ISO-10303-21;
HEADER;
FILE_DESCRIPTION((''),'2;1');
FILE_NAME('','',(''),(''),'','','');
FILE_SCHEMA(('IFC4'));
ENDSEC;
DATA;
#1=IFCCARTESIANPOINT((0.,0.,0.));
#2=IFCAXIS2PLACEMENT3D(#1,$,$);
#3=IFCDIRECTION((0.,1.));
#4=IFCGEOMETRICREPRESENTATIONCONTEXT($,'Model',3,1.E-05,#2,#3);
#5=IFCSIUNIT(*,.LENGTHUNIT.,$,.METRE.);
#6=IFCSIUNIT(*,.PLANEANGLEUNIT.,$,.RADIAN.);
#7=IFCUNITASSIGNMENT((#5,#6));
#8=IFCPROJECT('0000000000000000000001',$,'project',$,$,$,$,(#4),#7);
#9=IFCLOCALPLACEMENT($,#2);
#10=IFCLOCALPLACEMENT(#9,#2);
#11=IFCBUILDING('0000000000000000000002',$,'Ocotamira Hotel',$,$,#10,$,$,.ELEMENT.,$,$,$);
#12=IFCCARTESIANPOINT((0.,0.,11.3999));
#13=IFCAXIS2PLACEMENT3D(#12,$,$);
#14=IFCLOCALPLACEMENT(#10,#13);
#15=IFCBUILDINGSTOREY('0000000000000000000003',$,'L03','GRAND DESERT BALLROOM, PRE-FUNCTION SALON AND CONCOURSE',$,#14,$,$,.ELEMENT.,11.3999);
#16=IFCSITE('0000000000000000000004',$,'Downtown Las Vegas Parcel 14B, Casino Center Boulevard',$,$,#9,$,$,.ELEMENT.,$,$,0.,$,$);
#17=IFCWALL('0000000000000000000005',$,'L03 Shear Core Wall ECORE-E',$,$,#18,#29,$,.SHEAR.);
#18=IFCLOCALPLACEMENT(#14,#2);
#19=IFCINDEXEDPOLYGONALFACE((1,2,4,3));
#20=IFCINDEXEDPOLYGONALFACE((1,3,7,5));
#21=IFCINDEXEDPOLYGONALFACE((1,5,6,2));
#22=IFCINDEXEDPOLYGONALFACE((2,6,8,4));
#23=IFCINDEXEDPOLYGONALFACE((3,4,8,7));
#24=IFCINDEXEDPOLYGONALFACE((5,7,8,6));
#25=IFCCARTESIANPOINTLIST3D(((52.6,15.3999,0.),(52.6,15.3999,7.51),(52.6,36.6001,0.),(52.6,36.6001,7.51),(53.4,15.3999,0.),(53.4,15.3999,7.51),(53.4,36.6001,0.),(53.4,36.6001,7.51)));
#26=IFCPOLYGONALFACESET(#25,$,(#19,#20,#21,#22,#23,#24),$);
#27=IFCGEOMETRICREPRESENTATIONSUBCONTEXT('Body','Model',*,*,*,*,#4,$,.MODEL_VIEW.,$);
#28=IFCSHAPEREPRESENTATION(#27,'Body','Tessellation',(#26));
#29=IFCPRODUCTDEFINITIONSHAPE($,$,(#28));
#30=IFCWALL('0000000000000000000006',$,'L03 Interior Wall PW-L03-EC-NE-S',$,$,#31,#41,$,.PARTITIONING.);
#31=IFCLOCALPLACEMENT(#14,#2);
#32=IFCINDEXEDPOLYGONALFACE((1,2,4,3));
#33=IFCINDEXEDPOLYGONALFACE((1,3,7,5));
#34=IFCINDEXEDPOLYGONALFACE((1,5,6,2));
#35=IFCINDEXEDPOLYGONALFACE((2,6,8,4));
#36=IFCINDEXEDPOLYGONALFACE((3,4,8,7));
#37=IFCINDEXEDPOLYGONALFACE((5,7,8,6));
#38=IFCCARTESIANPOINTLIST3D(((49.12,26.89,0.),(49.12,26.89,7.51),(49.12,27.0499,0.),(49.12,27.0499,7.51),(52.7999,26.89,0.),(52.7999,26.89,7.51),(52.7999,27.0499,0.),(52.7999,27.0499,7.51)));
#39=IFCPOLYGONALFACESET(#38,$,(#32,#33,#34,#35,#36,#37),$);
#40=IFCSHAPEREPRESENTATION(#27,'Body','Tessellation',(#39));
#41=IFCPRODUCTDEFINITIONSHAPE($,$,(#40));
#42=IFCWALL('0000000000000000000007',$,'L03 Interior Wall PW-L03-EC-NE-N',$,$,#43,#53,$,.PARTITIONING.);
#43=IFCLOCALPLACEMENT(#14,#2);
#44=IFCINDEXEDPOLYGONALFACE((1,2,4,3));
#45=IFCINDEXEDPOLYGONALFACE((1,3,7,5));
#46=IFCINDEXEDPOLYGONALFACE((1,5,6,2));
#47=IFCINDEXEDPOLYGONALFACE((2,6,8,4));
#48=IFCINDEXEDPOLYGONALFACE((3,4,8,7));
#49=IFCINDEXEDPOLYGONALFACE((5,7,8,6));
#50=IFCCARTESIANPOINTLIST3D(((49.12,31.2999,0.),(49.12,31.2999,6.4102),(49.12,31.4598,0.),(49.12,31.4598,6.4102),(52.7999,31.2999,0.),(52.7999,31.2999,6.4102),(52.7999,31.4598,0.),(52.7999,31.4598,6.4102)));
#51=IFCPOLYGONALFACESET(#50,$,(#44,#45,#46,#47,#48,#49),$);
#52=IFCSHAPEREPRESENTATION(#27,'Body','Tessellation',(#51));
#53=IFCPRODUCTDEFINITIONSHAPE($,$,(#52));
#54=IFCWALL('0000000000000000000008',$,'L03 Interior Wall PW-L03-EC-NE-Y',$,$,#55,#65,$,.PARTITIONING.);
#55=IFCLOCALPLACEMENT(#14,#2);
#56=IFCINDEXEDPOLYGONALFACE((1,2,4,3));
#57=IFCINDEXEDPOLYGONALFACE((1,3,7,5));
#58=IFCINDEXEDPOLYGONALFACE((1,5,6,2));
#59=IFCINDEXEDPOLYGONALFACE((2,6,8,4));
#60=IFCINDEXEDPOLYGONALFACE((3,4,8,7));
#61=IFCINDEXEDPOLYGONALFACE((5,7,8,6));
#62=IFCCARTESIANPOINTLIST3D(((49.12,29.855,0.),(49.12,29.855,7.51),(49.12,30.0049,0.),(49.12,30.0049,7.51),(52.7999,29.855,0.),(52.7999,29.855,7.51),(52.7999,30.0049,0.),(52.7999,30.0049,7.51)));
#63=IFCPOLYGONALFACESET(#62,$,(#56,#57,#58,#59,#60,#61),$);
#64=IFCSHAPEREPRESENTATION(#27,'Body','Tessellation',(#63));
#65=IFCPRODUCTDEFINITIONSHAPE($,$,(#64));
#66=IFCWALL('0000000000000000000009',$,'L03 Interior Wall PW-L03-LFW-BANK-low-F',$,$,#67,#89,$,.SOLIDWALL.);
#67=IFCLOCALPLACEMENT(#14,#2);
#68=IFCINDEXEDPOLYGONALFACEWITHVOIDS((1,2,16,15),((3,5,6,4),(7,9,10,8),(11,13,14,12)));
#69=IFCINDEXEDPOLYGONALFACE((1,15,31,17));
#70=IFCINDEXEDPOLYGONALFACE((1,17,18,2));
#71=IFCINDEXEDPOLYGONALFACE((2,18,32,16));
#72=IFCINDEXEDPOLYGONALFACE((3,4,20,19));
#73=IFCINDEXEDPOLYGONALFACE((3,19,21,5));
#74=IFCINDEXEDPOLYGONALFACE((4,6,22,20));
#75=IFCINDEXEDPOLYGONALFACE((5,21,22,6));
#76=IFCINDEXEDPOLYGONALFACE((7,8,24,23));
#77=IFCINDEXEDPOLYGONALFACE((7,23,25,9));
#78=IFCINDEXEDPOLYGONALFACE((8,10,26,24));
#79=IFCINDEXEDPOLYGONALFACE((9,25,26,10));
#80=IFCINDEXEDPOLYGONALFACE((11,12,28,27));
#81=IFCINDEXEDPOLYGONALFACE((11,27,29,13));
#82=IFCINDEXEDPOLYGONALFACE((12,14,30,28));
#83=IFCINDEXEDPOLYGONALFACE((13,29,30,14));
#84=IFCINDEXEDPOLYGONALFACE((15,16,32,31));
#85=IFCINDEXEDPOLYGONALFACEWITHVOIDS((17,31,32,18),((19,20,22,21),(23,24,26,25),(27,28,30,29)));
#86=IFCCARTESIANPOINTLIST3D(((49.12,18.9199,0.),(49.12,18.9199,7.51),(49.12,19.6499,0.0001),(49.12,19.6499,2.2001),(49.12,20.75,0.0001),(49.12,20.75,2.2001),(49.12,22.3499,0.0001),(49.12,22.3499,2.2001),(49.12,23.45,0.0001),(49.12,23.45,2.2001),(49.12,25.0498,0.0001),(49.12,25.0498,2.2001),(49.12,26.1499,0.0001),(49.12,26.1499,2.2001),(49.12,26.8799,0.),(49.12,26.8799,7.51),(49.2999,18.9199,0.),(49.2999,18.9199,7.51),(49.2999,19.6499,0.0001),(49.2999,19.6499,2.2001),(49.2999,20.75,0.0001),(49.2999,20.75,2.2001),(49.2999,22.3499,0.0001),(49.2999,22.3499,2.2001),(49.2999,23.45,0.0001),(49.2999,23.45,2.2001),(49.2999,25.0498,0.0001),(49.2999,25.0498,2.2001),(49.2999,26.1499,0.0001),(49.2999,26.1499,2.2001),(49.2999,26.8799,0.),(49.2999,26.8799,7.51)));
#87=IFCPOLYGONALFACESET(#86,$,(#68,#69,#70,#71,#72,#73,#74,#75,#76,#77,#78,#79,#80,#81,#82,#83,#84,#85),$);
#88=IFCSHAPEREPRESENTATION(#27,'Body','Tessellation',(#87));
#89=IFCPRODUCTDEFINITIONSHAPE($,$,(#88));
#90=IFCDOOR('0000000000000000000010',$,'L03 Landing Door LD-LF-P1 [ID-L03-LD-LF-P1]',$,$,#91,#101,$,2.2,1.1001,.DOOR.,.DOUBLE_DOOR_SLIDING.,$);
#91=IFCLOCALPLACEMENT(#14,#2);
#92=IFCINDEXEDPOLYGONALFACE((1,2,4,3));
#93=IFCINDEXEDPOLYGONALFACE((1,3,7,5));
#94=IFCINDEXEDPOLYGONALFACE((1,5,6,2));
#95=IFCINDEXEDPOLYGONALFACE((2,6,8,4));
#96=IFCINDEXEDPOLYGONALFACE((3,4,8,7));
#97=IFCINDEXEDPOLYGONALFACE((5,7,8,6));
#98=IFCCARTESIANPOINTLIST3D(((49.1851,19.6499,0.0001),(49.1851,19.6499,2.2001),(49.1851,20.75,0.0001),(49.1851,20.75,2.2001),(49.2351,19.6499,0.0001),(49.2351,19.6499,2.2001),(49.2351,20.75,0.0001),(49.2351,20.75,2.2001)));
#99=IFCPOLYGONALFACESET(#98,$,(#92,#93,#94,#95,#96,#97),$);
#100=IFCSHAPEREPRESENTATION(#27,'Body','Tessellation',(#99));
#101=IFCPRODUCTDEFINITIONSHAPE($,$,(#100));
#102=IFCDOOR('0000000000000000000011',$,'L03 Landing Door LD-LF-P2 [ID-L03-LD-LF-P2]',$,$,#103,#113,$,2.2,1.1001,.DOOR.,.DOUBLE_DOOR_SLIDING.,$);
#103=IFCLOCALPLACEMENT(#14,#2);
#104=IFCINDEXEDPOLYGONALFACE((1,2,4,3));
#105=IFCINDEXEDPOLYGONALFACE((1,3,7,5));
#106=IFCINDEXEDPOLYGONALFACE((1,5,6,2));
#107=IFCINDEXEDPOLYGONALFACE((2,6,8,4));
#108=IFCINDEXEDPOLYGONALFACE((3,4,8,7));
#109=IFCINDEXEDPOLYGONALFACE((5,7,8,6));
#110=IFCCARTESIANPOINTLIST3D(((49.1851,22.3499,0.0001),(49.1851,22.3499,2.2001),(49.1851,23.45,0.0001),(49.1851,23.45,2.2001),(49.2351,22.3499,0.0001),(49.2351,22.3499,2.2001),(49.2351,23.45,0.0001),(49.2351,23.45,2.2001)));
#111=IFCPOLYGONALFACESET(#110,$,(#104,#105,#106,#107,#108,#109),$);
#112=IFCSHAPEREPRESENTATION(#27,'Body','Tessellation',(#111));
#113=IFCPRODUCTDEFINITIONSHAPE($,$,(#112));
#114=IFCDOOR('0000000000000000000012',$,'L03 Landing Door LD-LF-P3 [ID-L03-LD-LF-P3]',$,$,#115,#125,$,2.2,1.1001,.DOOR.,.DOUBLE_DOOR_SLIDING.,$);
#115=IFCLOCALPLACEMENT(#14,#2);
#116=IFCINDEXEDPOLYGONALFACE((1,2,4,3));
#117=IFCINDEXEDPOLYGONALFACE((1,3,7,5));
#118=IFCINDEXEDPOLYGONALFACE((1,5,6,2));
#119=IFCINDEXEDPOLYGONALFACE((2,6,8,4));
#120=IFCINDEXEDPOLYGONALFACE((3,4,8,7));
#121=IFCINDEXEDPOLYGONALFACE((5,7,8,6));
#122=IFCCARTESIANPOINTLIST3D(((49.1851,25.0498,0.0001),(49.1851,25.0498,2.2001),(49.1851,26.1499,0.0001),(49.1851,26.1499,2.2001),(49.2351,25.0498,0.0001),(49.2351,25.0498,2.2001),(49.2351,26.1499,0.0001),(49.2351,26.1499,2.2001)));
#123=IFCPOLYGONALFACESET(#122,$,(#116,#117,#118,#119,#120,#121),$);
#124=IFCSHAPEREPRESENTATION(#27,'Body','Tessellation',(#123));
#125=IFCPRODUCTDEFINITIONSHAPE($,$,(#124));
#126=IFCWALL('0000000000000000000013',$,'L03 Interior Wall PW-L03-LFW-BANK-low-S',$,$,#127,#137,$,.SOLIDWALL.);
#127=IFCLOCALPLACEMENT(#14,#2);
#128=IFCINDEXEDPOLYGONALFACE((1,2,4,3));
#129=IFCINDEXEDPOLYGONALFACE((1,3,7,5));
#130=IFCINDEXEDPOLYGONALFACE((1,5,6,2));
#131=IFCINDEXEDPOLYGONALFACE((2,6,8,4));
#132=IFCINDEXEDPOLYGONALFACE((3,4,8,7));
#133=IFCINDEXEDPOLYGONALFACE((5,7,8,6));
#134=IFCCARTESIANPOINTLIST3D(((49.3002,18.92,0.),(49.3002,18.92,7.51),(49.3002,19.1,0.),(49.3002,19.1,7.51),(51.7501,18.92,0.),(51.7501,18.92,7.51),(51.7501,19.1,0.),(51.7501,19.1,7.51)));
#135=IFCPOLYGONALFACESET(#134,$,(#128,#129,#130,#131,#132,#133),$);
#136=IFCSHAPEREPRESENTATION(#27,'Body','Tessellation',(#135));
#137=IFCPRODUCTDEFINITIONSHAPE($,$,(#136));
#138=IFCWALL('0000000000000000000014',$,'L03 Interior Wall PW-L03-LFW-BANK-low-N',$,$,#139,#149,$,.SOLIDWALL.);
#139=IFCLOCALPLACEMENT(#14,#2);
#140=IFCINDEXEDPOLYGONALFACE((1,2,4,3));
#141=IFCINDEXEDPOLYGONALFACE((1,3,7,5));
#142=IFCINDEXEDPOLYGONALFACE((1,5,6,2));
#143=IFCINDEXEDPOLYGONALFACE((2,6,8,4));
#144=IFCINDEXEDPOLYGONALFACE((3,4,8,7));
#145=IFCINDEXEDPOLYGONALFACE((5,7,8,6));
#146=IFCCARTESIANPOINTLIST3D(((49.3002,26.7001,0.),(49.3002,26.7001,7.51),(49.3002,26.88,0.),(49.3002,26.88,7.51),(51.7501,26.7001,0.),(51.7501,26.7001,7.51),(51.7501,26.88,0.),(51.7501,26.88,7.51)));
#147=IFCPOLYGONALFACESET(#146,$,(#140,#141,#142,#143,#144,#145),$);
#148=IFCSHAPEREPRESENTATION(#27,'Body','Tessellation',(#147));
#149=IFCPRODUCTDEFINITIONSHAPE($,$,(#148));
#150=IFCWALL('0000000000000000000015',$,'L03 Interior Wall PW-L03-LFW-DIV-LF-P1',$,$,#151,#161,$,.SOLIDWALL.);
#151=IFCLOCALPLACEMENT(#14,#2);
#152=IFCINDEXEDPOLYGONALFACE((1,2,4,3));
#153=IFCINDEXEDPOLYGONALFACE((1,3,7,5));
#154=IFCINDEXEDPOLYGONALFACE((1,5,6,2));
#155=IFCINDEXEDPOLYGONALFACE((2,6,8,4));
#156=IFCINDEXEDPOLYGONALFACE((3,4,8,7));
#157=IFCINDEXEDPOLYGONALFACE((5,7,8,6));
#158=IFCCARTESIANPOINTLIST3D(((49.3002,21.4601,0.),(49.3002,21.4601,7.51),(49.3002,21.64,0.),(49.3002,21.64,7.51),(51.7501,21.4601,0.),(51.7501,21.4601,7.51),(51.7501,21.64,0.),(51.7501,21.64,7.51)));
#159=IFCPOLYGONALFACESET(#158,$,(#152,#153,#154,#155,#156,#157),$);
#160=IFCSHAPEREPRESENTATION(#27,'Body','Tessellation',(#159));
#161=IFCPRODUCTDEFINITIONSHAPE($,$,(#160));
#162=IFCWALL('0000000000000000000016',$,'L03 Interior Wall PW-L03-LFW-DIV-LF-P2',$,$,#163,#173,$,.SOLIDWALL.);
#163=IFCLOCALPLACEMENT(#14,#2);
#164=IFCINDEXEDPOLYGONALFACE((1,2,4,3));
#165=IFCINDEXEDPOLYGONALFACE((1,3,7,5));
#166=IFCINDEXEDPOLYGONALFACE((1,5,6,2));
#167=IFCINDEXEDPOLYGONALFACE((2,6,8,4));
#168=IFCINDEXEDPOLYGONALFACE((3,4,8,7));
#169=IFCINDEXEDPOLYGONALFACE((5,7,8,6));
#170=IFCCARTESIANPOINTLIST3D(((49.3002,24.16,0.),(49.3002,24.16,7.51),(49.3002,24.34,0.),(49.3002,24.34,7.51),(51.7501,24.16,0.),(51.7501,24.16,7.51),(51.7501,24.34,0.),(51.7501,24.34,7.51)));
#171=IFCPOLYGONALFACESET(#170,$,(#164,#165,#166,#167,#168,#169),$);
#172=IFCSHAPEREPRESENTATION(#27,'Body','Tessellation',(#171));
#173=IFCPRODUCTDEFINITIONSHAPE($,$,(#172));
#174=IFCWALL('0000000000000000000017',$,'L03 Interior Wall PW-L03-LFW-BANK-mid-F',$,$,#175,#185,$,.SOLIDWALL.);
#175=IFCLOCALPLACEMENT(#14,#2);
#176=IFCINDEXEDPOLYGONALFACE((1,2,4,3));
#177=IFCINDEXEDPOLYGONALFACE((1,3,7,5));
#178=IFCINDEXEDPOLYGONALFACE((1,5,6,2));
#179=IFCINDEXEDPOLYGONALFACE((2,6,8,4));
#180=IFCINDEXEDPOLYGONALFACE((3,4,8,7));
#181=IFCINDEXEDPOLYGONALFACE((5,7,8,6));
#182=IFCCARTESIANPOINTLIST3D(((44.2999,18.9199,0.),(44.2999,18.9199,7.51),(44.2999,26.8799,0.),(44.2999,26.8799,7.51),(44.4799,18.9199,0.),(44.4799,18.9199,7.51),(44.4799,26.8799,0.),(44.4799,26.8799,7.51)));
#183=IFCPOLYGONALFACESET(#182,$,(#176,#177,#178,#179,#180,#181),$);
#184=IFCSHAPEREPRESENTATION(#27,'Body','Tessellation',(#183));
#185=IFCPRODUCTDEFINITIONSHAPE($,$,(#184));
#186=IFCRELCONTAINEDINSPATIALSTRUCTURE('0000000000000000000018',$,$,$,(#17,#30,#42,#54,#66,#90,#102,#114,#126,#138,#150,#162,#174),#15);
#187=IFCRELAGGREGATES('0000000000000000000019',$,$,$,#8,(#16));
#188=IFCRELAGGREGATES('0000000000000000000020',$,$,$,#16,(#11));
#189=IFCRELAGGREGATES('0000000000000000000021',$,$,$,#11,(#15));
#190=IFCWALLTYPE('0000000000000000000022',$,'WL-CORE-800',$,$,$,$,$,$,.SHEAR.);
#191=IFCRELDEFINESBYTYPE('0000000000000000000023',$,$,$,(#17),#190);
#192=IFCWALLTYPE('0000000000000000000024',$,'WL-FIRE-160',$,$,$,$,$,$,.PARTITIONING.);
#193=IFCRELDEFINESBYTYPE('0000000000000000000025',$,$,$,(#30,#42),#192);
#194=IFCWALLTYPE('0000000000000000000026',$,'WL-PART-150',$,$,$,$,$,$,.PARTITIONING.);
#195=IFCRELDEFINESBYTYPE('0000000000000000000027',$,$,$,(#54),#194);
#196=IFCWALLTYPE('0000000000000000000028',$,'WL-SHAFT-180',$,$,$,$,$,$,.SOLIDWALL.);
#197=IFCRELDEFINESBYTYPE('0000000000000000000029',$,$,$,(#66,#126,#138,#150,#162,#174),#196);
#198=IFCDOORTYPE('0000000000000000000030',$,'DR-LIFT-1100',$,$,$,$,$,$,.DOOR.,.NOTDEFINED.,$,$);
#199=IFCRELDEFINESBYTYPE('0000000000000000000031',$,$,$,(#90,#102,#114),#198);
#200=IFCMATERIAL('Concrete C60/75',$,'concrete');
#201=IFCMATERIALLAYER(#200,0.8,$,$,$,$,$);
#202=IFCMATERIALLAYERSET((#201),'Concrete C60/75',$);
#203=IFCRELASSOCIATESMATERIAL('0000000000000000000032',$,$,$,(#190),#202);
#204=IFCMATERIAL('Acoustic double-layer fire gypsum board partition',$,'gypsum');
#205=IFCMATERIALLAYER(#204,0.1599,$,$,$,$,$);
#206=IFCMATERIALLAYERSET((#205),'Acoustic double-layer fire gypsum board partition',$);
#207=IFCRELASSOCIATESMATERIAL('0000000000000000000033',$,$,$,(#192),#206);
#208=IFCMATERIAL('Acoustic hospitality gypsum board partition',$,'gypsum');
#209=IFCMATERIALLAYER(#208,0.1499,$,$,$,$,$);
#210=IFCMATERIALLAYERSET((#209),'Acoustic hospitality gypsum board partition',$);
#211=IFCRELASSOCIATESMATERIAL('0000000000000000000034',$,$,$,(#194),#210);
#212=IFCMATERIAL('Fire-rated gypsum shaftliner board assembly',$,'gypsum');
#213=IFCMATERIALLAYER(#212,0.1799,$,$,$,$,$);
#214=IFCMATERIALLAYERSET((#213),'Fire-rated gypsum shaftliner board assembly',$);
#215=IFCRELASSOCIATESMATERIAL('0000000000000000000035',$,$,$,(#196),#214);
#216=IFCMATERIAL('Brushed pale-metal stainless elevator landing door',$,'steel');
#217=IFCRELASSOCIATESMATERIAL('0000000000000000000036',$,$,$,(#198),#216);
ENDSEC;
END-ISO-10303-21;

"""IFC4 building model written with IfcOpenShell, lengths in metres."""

from ifc_helpers import new_model, si_unit, direction, frame, frame_2d, origin, place, context, subcontext, project, spatial, rectangle, extrude, source, transform, mapped, material, layer, layer_set, type_object, element, fill, save


model = new_model("IFC4")

# Units and contexts
model_context = context("Model", 3, precision=1e-05, world=origin(), true_north=direction((0.0, 1.0)))
body_context = subcontext(model_context, "Body", "Model", "MODEL_VIEW")
ifc_project = project(units=[si_unit("LENGTHUNIT", "METRE"), si_unit("PLANEANGLEUNIT", "RADIAN")], contexts=[model_context])

# Site, building, storey
site_placement = place(None, origin())
site = spatial("IfcSite", under=ifc_project, at=site_placement, Name="Downtown Las Vegas Parcel 14B, Casino Center Boulevard", CompositionType="ELEMENT", RefElevation=0.0)
building_placement = place(site_placement, origin())
building = spatial("IfcBuilding", under=site, at=building_placement, Name="Ocotamira Hotel", CompositionType="ELEMENT")
storey_placement = place(building_placement, frame((0.0, 0.0, 11.3999)))
storey = spatial("IfcBuildingStorey", under=building, at=storey_placement, Name="L03", Description="GRAND DESERT BALLROOM, PRE-FUNCTION SALON AND CONCOURSE", CompositionType="ELEMENT", Elevation=11.3999)

# Shared definitions
ifc_material_1 = material(Name="Concrete C60/75", Category="concrete")

# Walls
ifc_layer_1 = layer(ifc_material_1, 0.8)
ifc_layer_set_1 = layer_set([ifc_layer_1], Name="Concrete C60/75")
wall_type_1 = type_object("IfcWallType", Name="WL-CORE-800", PredefinedType="SHEAR", material=ifc_layer_set_1)
wall_1_placement = place(storey_placement, frame((53.0, 15.3999, 0.0), z_axis=(0.0, 0.0, 1.0), x_axis=(0.0, 1.0, 0.0)))
element("IfcWall", 1, at=wall_1_placement, inside=storey, type_object=wall_type_1, Name="L03 Shear Core Wall ECORE-E", PredefinedType="SHEAR", context=body_context, shape_type="SweptSolid", body=[
    extrude(rectangle(XDim=21.2002, YDim=0.8, at=frame_2d((10.6001, 0.0))), origin(), (0.0, 0.0, 1.0), 7.51),
])
ifc_material_2 = material(Name="Acoustic double-layer fire gypsum board partition", Category="gypsum")
ifc_layer_2 = layer(ifc_material_2, 0.1599)
ifc_layer_set_2 = layer_set([ifc_layer_2], Name="Acoustic double-layer fire gypsum board partition")
wall_type_2 = type_object("IfcWallType", Name="WL-FIRE-160", PredefinedType="PARTITIONING", material=ifc_layer_set_2)
wall_2_placement = place(storey_placement, frame((49.1201, 26.97, 0.0), z_axis=(0.0, 0.0, 1.0), x_axis=(1.0, 0.0, 0.0)))
element("IfcWall", 2, at=wall_2_placement, inside=storey, type_object=wall_type_2, Name="L03 Interior Wall PW-L03-EC-NE-S", PredefinedType="PARTITIONING", context=body_context, shape_type="SweptSolid", body=[
    extrude(rectangle(XDim=3.6799, YDim=0.1599, at=frame_2d((1.8398, 0.0))), origin(), (0.0, 0.0, 1.0), 7.51),
])
wall_3_placement = place(storey_placement, frame((49.1201, 31.3799, 0.0), z_axis=(0.0, 0.0, 1.0), x_axis=(1.0, 0.0, 0.0)))
element("IfcWall", 3, at=wall_3_placement, inside=storey, type_object=wall_type_2, Name="L03 Interior Wall PW-L03-EC-NE-N", PredefinedType="PARTITIONING", context=body_context, shape_type="SweptSolid", body=[
    extrude(rectangle(XDim=3.6799, YDim=0.1599, at=frame_2d((1.8398, 0.0))), origin(), (0.0, 0.0, 1.0), 6.4102),
])

# Wall
ifc_material_3 = material(Name="Acoustic hospitality gypsum board partition", Category="gypsum")
ifc_layer_3 = layer(ifc_material_3, 0.1499)
ifc_layer_set_3 = layer_set([ifc_layer_3], Name="Acoustic hospitality gypsum board partition")
wall_type_3 = type_object("IfcWallType", Name="WL-PART-150", PredefinedType="PARTITIONING", material=ifc_layer_set_3)
wall_4_placement = place(storey_placement, frame((49.1201, 29.9299, 0.0), z_axis=(0.0, 0.0, 1.0), x_axis=(1.0, 0.0, 0.0)))
element("IfcWall", 4, at=wall_4_placement, inside=storey, type_object=wall_type_3, Name="L03 Interior Wall PW-L03-EC-NE-Y", PredefinedType="PARTITIONING", context=body_context, shape_type="SweptSolid", body=[
    extrude(rectangle(XDim=3.6799, YDim=0.1499, at=frame_2d((1.8398, 0.0))), origin(), (0.0, 0.0, 1.0), 7.51),
])

# Wall, openings, doors
ifc_material_4 = material(Name="Fire-rated gypsum shaftliner board assembly", Category="gypsum")
ifc_layer_4 = layer(ifc_material_4, 0.1799)
ifc_layer_set_4 = layer_set([ifc_layer_4], Name="Fire-rated gypsum shaftliner board assembly")
wall_type_4 = type_object("IfcWallType", Name="WL-SHAFT-180", PredefinedType="SOLIDWALL", material=ifc_layer_set_4)
wall_5_placement = place(storey_placement, frame((49.21, 18.9199, 0.0), z_axis=(0.0, 0.0, 1.0), x_axis=(0.0, 1.0, 0.0)))
wall_5 = element("IfcWall", 5, at=wall_5_placement, inside=storey, type_object=wall_type_4, Name="L03 Interior Wall PW-L03-LFW-BANK-low-F", PredefinedType="SOLIDWALL", context=body_context, shape_type="SweptSolid", body=[
    extrude(rectangle(XDim=7.96, YDim=0.1799, at=frame_2d((3.98, 0.0))), origin(), (0.0, 0.0, 1.0), 7.51),
])
opening_1_placement = place(wall_5_placement, frame((0.73, 0.0, 0.0)))
opening_1 = element("IfcOpeningElement", 6, at=opening_1_placement, cuts=wall_5, PredefinedType="OPENING", context=body_context, shape_type="SweptSolid", body=[
    extrude(rectangle(XDim=1.1001, YDim=2.2, at=frame_2d((0.55, 1.1001))), frame((0.0, 0.1001, 0.0), z_axis=(0.0, -1.0, 0.0), x_axis=(1.0, 0.0, 0.0)), (0.0, 0.0, 1.0), 0.2),
])
opening_2_placement = place(wall_5_placement, frame((3.4299, 0.0, 0.0)))
opening_2 = element("IfcOpeningElement", 7, at=opening_2_placement, cuts=wall_5, PredefinedType="OPENING", context=body_context, shape_type="SweptSolid", body=[
    extrude(rectangle(XDim=1.1001, YDim=2.2, at=frame_2d((0.55, 1.1001))), frame((0.0, 0.1001, 0.0), z_axis=(0.0, -1.0, 0.0), x_axis=(1.0, 0.0, 0.0)), (0.0, 0.0, 1.0), 0.2),
])
opening_3_placement = place(wall_5_placement, frame((6.1299, 0.0, 0.0)))
opening_3 = element("IfcOpeningElement", 8, at=opening_3_placement, cuts=wall_5, PredefinedType="OPENING", context=body_context, shape_type="SweptSolid", body=[
    extrude(rectangle(XDim=1.1001, YDim=2.2, at=frame_2d((0.55, 1.1001))), frame((0.0, 0.1001, 0.0), z_axis=(0.0, -1.0, 0.0), x_axis=(1.0, 0.0, 0.0)), (0.0, 0.0, 1.0), 0.2),
])
ifc_material_5 = material(Name="Brushed pale-metal stainless elevator landing door", Category="steel")
door_type_1 = type_object("IfcDoorType", Name="DR-LIFT-1100", OperationType="NOTDEFINED", PredefinedType="DOOR", material=ifc_material_5)
shared_shape_1 = source(origin(), body_context, "Body", "SweptSolid", [
    extrude(rectangle(XDim=1.1001, YDim=2.2, at=frame_2d((0.55, 1.1001))), frame((0.0, 0.0249, 0.0), z_axis=(0.0, -1.0, 0.0), x_axis=(1.0, 0.0, 0.0)), (0.0, 0.0, 1.0), 0.05),
])
door_1_placement = place(opening_1_placement, origin())
door_1 = element("IfcDoor", 9, at=door_1_placement, inside=storey, type_object=door_type_1, Name="L03 Landing Door LD-LF-P1 [ID-L03-LD-LF-P1]", OperationType="DOUBLE_DOOR_SLIDING", OverallHeight=2.2, OverallWidth=1.1001, PredefinedType="DOOR", context=body_context, shape_type="MappedRepresentation", body=[
    mapped(shared_shape_1, transform((0.0, 0.0, 0.0), scale=1.0)),
])
fill(opening_1, door_1)
door_2_placement = place(opening_2_placement, origin())
door_2 = element("IfcDoor", 10, at=door_2_placement, inside=storey, type_object=door_type_1, Name="L03 Landing Door LD-LF-P2 [ID-L03-LD-LF-P2]", OperationType="DOUBLE_DOOR_SLIDING", OverallHeight=2.2, OverallWidth=1.1001, PredefinedType="DOOR", context=body_context, shape_type="MappedRepresentation", body=[
    mapped(shared_shape_1, transform((0.0, 0.0, 0.0), scale=1.0)),
])
fill(opening_2, door_2)
door_3_placement = place(opening_3_placement, origin())
door_3 = element("IfcDoor", 11, at=door_3_placement, inside=storey, type_object=door_type_1, Name="L03 Landing Door LD-LF-P3 [ID-L03-LD-LF-P3]", OperationType="DOUBLE_DOOR_SLIDING", OverallHeight=2.2, OverallWidth=1.1001, PredefinedType="DOOR", context=body_context, shape_type="MappedRepresentation", body=[
    mapped(shared_shape_1, transform((0.0, 0.0, 0.0), scale=1.0)),
])
fill(opening_3, door_3)

# Walls
for number, where, z_axis, x_axis, name in (
    (12, (49.3, 19.01, 0.0), (0.0, 0.0, 1.0), (1.0, 0.0, 0.0), "L03 Interior Wall PW-L03-LFW-BANK-low-S"),
    (13, (49.3, 26.79, 0.0), (0.0, 0.0, 1.0), (1.0, 0.0, 0.0), "L03 Interior Wall PW-L03-LFW-BANK-low-N"),
    (14, (49.3, 21.55, 0.0), (0.0, 0.0, 1.0), (1.0, 0.0, 0.0), "L03 Interior Wall PW-L03-LFW-DIV-LF-P1"),
    (15, (49.3, 24.25, 0.0), (0.0, 0.0, 1.0), (1.0, 0.0, 0.0), "L03 Interior Wall PW-L03-LFW-DIV-LF-P2"),
):
    element("IfcWall", number, at=place(storey_placement, frame(where, z_axis=z_axis, x_axis=x_axis)), inside=storey, type_object=wall_type_4, Name=name, PredefinedType="SOLIDWALL", context=body_context, shape_type="SweptSolid", body=[
        extrude(rectangle(XDim=2.45, YDim=0.1799, at=frame_2d((1.2251, 0.0))), origin(), (0.0, 0.0, 1.0), 7.51),
    ])
wall_6_placement = place(storey_placement, frame((44.3899, 18.9199, 0.0), z_axis=(0.0, 0.0, 1.0), x_axis=(0.0, 1.0, 0.0)))
element("IfcWall", 16, at=wall_6_placement, inside=storey, type_object=wall_type_4, Name="L03 Interior Wall PW-L03-LFW-BANK-mid-F", PredefinedType="SOLIDWALL", context=body_context, shape_type="SweptSolid", body=[
    extrude(rectangle(XDim=7.96, YDim=0.1799, at=frame_2d((3.98, 0.0))), origin(), (0.0, 0.0, 1.0), 7.51),
])

save(model, "model.ifc")
